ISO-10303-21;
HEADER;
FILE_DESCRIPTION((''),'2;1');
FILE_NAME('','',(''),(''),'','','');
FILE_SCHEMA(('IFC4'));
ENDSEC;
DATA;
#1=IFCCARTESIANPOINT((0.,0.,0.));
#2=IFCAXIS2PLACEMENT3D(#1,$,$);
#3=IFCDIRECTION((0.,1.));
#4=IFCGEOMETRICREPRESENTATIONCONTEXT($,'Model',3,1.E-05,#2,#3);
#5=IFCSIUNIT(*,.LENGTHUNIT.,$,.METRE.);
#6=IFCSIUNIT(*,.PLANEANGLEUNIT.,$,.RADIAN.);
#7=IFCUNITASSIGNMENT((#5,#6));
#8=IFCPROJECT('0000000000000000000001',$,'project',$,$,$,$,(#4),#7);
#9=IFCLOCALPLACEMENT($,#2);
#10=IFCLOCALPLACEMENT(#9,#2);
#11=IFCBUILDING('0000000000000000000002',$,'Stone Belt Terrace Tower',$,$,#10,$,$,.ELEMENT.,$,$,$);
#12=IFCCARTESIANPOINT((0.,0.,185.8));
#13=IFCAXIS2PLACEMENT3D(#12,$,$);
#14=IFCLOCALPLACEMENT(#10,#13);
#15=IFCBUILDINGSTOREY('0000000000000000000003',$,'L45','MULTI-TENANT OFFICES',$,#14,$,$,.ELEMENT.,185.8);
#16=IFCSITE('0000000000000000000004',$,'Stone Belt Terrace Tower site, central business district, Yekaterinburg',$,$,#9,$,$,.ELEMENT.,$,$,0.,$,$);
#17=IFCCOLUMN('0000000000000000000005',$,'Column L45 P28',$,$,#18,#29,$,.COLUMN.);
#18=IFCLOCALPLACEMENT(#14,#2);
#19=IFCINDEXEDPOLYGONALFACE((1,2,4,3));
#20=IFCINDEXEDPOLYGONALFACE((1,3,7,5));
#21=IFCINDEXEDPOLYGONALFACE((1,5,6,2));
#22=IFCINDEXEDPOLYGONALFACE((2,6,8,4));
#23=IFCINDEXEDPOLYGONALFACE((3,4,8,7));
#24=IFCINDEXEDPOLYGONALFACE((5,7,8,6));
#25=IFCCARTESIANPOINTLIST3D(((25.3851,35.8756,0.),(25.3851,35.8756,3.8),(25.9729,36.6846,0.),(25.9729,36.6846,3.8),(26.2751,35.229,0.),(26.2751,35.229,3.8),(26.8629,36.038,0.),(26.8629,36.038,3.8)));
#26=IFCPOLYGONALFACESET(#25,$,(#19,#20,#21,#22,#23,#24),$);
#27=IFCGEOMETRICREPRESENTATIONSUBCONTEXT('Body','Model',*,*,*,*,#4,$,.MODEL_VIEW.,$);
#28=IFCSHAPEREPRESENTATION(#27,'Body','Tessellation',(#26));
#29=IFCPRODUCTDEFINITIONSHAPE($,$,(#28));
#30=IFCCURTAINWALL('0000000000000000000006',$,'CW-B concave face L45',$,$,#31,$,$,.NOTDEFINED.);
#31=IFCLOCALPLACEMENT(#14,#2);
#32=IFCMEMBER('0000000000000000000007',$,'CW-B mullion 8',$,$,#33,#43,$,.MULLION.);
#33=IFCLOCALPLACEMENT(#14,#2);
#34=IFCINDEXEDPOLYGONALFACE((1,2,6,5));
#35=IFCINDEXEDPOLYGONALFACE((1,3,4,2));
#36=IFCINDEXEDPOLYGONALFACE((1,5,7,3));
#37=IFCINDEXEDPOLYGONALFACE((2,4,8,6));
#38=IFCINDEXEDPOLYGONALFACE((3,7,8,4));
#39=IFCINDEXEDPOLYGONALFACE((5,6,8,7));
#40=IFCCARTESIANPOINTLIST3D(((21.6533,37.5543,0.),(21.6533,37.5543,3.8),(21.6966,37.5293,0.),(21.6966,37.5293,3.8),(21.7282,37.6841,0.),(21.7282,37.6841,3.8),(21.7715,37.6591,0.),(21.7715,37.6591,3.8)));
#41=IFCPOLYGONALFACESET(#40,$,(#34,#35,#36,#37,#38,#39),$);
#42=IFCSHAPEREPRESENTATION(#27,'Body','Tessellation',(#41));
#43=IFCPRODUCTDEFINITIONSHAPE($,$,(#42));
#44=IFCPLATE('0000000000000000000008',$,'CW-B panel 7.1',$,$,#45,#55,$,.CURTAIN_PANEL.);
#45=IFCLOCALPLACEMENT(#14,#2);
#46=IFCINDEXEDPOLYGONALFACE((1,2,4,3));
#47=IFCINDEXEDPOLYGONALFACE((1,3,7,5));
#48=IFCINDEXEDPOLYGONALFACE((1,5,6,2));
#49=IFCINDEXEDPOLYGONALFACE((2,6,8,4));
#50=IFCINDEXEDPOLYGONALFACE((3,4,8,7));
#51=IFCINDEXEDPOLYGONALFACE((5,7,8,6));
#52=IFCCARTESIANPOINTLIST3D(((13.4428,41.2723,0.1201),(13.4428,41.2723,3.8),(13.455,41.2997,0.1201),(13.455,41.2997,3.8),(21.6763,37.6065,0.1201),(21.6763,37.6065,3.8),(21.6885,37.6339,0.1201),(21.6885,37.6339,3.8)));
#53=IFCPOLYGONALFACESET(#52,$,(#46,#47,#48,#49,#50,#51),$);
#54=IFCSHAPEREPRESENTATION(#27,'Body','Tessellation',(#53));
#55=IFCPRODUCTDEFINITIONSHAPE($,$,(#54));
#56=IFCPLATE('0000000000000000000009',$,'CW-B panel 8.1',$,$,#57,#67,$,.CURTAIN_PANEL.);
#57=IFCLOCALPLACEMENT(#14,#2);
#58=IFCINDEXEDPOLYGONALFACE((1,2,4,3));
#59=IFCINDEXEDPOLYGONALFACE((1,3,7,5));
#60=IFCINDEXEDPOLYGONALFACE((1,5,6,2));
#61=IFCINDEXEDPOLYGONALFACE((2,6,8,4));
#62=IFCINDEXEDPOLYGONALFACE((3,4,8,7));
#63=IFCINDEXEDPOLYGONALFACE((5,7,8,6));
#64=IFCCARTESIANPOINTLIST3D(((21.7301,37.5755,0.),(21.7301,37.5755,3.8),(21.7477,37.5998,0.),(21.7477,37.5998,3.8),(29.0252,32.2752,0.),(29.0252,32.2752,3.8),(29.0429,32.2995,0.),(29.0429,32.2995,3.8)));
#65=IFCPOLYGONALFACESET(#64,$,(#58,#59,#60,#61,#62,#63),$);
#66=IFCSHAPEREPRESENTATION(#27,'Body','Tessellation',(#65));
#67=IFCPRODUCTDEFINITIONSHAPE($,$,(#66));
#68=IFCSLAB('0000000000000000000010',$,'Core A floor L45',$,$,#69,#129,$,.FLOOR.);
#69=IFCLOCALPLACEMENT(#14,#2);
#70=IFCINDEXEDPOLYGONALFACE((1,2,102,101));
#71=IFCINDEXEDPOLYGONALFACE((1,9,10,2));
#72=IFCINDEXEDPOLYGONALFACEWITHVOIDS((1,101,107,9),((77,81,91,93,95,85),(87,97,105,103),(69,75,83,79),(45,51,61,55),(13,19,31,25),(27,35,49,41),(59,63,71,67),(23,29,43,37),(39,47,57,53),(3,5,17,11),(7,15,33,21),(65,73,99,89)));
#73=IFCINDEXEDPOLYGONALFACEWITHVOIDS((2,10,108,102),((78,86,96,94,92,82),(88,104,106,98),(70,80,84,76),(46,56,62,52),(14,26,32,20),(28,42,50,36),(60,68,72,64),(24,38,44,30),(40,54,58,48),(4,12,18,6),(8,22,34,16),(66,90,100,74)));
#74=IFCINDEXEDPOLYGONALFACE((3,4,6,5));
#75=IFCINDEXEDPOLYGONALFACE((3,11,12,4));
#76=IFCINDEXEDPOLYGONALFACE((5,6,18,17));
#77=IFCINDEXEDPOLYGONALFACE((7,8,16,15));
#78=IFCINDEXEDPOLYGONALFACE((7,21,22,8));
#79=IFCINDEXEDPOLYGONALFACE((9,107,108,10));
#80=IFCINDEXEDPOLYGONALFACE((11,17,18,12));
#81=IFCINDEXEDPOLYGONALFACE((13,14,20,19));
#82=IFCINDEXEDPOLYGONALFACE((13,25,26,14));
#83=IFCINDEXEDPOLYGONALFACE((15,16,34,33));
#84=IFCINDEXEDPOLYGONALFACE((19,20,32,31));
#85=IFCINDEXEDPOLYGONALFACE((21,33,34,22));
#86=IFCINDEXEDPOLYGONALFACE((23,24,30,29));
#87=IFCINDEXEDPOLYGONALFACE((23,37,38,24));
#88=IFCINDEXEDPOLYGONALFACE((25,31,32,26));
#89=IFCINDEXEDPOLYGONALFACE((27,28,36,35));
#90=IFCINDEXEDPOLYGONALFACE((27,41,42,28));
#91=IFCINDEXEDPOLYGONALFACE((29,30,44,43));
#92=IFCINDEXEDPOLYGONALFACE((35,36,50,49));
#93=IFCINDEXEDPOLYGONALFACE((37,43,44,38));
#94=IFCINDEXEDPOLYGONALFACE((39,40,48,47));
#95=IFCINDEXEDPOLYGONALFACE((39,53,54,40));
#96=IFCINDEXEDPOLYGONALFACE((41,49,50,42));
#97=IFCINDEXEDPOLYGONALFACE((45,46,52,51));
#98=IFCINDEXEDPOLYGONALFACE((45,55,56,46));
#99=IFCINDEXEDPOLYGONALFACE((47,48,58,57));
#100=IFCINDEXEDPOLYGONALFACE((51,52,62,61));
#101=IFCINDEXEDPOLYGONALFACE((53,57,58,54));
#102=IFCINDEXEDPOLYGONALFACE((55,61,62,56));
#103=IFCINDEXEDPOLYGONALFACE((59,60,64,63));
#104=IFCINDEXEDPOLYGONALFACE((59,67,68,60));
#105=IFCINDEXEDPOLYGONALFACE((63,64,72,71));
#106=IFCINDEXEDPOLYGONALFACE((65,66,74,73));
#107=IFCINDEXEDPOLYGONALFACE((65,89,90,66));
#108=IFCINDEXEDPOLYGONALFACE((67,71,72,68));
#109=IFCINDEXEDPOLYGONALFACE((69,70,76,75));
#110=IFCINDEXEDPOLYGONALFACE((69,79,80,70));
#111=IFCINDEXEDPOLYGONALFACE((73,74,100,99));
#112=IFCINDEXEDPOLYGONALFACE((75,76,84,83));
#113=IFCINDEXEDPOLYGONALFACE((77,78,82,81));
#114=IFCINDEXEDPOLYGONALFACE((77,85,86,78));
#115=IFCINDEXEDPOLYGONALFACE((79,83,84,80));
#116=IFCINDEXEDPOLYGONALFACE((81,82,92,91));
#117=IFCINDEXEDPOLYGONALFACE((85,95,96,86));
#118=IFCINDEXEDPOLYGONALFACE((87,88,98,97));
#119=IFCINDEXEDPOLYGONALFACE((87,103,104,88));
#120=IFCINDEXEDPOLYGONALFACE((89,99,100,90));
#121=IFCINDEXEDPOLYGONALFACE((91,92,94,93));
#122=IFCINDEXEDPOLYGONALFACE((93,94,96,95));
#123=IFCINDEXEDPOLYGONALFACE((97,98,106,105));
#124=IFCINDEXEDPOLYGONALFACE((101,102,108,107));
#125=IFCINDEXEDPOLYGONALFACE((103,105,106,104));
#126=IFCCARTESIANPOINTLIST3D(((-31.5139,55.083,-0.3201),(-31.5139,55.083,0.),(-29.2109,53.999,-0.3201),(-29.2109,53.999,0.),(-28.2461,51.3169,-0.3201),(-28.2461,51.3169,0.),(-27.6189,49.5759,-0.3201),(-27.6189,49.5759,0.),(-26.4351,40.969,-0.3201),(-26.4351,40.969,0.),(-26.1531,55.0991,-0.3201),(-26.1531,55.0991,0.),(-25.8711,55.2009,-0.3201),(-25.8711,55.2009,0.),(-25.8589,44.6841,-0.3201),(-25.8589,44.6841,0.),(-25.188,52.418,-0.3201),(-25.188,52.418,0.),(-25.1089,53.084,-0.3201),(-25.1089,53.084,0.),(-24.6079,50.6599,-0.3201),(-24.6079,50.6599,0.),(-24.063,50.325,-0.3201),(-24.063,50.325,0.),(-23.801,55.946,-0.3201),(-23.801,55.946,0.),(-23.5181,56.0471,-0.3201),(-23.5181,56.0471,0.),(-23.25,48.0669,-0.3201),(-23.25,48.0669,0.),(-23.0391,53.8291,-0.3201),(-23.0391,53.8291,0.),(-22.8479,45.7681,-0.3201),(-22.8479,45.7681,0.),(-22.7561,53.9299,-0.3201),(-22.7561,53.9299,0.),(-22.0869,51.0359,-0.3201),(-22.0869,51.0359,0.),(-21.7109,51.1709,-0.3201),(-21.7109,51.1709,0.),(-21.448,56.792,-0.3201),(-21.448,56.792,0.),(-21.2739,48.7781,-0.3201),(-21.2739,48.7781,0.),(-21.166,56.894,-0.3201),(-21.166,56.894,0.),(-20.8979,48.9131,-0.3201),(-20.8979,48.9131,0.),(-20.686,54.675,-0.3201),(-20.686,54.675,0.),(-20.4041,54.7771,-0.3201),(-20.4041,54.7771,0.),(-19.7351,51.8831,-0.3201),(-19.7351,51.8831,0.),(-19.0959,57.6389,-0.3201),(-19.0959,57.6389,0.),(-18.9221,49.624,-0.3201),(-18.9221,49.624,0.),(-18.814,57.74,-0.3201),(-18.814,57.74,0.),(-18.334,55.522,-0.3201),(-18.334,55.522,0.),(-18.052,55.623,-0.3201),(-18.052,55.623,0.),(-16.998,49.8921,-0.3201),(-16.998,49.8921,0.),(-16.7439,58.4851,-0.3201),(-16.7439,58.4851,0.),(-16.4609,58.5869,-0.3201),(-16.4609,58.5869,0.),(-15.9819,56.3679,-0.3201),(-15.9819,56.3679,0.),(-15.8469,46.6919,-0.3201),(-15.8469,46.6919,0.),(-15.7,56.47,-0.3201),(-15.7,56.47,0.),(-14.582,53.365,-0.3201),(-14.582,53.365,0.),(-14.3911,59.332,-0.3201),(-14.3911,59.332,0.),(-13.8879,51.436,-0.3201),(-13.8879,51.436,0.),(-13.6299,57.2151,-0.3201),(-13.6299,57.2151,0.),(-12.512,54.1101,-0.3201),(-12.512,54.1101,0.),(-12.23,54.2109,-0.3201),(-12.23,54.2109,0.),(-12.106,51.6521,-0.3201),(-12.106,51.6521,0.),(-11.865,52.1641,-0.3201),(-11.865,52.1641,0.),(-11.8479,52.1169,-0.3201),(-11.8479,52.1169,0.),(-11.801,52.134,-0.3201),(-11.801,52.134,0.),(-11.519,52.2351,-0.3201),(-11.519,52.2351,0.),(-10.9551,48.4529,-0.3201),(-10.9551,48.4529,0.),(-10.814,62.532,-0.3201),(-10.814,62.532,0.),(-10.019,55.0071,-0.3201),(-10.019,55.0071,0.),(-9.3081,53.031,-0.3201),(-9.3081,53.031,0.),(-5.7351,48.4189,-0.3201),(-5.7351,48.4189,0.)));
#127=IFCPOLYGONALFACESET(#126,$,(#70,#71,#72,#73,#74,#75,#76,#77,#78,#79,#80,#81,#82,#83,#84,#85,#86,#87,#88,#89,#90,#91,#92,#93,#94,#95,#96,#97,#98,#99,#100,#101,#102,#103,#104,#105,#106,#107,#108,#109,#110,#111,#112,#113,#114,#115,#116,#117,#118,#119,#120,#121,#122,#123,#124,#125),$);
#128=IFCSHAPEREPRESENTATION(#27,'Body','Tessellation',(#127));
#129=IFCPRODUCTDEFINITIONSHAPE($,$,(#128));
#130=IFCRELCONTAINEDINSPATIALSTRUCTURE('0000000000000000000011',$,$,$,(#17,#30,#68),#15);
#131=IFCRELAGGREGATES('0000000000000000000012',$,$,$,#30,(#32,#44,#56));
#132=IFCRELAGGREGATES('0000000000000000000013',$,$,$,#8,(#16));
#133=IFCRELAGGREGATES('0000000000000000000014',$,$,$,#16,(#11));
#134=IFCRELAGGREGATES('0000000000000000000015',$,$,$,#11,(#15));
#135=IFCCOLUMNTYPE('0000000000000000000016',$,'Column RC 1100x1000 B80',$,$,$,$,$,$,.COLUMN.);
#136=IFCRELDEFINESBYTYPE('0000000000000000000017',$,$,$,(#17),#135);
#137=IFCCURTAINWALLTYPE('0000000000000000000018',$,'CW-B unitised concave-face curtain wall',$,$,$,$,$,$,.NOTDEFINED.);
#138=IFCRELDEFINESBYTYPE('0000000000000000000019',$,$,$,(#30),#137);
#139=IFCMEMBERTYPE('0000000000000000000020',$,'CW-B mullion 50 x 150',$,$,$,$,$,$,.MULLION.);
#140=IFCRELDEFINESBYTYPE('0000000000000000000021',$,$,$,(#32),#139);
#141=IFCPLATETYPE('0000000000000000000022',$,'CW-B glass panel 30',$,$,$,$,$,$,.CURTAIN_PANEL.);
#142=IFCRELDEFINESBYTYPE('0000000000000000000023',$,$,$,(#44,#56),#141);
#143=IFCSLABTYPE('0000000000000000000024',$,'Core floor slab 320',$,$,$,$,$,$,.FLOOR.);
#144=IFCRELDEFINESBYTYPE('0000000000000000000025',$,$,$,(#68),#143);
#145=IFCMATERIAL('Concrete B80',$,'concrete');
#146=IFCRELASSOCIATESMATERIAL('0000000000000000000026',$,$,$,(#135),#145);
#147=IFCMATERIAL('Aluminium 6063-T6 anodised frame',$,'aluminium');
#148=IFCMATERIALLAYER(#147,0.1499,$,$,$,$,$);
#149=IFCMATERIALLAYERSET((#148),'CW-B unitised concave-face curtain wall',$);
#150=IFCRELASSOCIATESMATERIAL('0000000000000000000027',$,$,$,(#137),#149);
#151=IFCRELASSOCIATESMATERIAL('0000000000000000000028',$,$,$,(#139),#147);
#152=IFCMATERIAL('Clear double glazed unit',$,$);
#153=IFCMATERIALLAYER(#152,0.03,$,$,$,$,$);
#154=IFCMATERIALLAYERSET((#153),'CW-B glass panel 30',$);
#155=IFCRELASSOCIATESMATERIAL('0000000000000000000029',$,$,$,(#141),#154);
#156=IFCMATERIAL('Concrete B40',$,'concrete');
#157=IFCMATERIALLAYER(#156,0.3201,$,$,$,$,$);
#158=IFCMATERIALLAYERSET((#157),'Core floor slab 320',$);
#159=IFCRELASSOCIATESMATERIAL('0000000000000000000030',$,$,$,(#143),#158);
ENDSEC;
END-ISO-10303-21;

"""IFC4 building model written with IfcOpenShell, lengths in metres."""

from ifc_helpers import new_model, si_unit, direction, frame, origin, origin_2d, place, context, subcontext, project, spatial, polyline, rectangle, outline, extrude, material, layer, layer_set, material_profile, profile_set, type_object, element, aggregate, save


model = new_model("IFC4")

# Units and contexts
model_context = context("Model", 3, precision=1e-05, world=origin(), true_north=direction((0.0, 1.0)))
body_context = subcontext(model_context, "Body", "Model", "MODEL_VIEW")
ifc_project = project(units=[si_unit("LENGTHUNIT", "METRE"), si_unit("PLANEANGLEUNIT", "RADIAN")], contexts=[model_context])

# Site, building, storey
site_placement = place(None, origin())
site = spatial("IfcSite", under=ifc_project, at=site_placement, Name="Stone Belt Terrace Tower site, central business district, Yekaterinburg", CompositionType="ELEMENT", RefElevation=0.0)
building_placement = place(site_placement, origin())
building = spatial("IfcBuilding", under=site, at=building_placement, Name="Stone Belt Terrace Tower", CompositionType="ELEMENT")
storey_placement = place(building_placement, frame((0.0, 0.0, 185.8)))
storey = spatial("IfcBuildingStorey", under=building, at=storey_placement, Name="L45", Description="MULTI-TENANT OFFICES", CompositionType="ELEMENT", Elevation=185.8)

# Column
ifc_material_1 = material(Name="Concrete B80", Category="concrete")
ifc_material_profile_1 = material_profile(ifc_material_1, rectangle(XDim=1.1001, YDim=1.0, at=origin_2d()), Name="RC 1100x1000")
ifc_profile_set_1 = profile_set([ifc_material_profile_1], Name="Concrete B80")
column_type = type_object("IfcColumnType", Name="Column RC 1100x1000 B80", PredefinedType="COLUMN", material=ifc_profile_set_1)
column_placement = place(storey_placement, frame((26.124, 35.9568, 0.0), z_axis=(0.0, 0.0, 1.0), x_axis=(0.809017, -0.587785, 0.0)))
element("IfcColumn", 1, at=column_placement, inside=storey, type_object=column_type, Name="Column L45 P28", PredefinedType="COLUMN", context=body_context, shape_type="SweptSolid", body=[
    extrude(rectangle(XDim=1.1001, YDim=1.0, at=origin_2d()), origin(), (0.0, 0.0, 1.0), 3.8),
])

# Curtain wall, member, plates
ifc_material_2 = material(Name="Aluminium 6063-T6 anodised frame", Category="aluminium")
ifc_layer_1 = layer(ifc_material_2, 0.1499)
ifc_layer_set_1 = layer_set([ifc_layer_1], Name="CW-B unitised concave-face curtain wall")
curtain_wall_type = type_object("IfcCurtainWallType", Name="CW-B unitised concave-face curtain wall", PredefinedType="NOTDEFINED", material=ifc_layer_set_1)
curtain_wall_placement = place(storey_placement, origin())
curtain_wall = element("IfcCurtainWall", 2, at=curtain_wall_placement, inside=storey, type_object=curtain_wall_type, Name="CW-B concave face L45", PredefinedType="NOTDEFINED")
ifc_material_profile_2 = material_profile(ifc_material_2, rectangle(XDim=0.1499, YDim=0.05, at=origin_2d()), Name="Aluminium 6063-T6 50x150")
ifc_profile_set_2 = profile_set([ifc_material_profile_2], Name="Aluminium 6063-T6 anodised frame")
member_type = type_object("IfcMemberType", Name="CW-B mullion 50 x 150", PredefinedType="MULLION", material=ifc_profile_set_2)
member_placement = place(storey_placement, frame((21.7124, 37.6067, 0.0), z_axis=(0.0, 0.0, 1.0), x_axis=(0.5, 0.866025, 0.0)))
member = element("IfcMember", 3, at=member_placement, type_object=member_type, Name="CW-B mullion 8", PredefinedType="MULLION", context=body_context, shape_type="SweptSolid", body=[
    extrude(rectangle(XDim=0.1499, YDim=0.05, at=origin_2d()), origin(), (0.0, 0.0, 1.0), 3.8),
])
ifc_material_3 = material(Name="Clear double glazed unit")
ifc_layer_2 = layer(ifc_material_3, 0.03)
ifc_layer_set_2 = layer_set([ifc_layer_2], Name="CW-B glass panel 30")
plate_type = type_object("IfcPlateType", Name="CW-B glass panel 30", PredefinedType="CURTAIN_PANEL", material=ifc_layer_set_2)
plate_1_placement = place(storey_placement, frame((17.5657, 39.4531, 0.1201), z_axis=(0.0, 0.0, 1.0), x_axis=(0.913545, -0.406737, 0.0)))
plate_1 = element("IfcPlate", 4, at=plate_1_placement, type_object=plate_type, Name="CW-B panel 7.1", PredefinedType="CURTAIN_PANEL", context=body_context, shape_type="SweptSolid", body=[
    extrude(rectangle(XDim=9.0127, YDim=0.03, at=origin_2d()), origin(), (0.0, 0.0, 1.0), 3.6799),
])
plate_2_placement = place(storey_placement, frame((25.3865, 34.9375, 0.0), z_axis=(0.0, 0.0, 1.0), x_axis=(0.809017, -0.587785, 0.0)))
plate_2 = element("IfcPlate", 5, at=plate_2_placement, type_object=plate_type, Name="CW-B panel 8.1", PredefinedType="CURTAIN_PANEL", context=body_context, shape_type="SweptSolid", body=[
    extrude(rectangle(XDim=9.0173, YDim=0.03, at=origin_2d()), origin(), (0.0, 0.0, 1.0), 3.8),
])
aggregate(curtain_wall, [member, plate_1, plate_2])

# Slab
ifc_material_4 = material(Name="Concrete B40", Category="concrete")
ifc_layer_3 = layer(ifc_material_4, 0.3201)
ifc_layer_set_3 = layer_set([ifc_layer_3], Name="Core floor slab 320")
slab_type_1 = type_object("IfcSlabType", Name="Core floor slab 320", PredefinedType="FLOOR", material=ifc_layer_set_3)
slab_1_placement = place(storey_placement, frame((0.0, 0.0, -0.3201)))
element("IfcSlab", 6, at=slab_1_placement, inside=storey, type_object=slab_type_1, Name="Core A floor L45", PredefinedType="FLOOR", context=body_context, shape_type="SweptSolid", body=[
    extrude(outline(polyline([(-26.4351, 40.969), (-5.7351, 48.4189), (-10.814, 62.532), (-31.5139, 55.083), (-26.4351, 40.969)]), holes=[polyline([(-24.6079, 50.6599), (-22.8479, 45.7681), (-25.8589, 44.6841), (-27.6189, 49.5759), (-24.6079, 50.6599)]), polyline([(-23.25, 48.0669), (-24.063, 50.325), (-22.0869, 51.0359), (-21.2739, 48.7781), (-23.25, 48.0669)]), polyline([(-20.8979, 48.9131), (-21.7109, 51.1709), (-19.7351, 51.8831), (-18.9221, 49.624), (-20.8979, 48.9131)]), polyline([(-28.2461, 51.3169), (-29.2109, 53.999), (-26.1531, 55.0991), (-25.188, 52.418), (-28.2461, 51.3169)]), polyline([(-23.801, 55.946), (-23.0391, 53.8291), (-25.1089, 53.084), (-25.8711, 55.2009), (-23.801, 55.946)]), polyline([(-21.448, 56.792), (-20.686, 54.675), (-22.7561, 53.9299), (-23.5181, 56.0471), (-21.448, 56.792)]), polyline([(-10.9551, 48.4529), (-15.8469, 46.6919), (-16.998, 49.8921), (-12.106, 51.6521), (-10.9551, 48.4529)]), polyline([(-11.8479, 52.1169), (-11.865, 52.1641), (-13.8879, 51.436), (-14.582, 53.365), (-12.512, 54.1101), (-11.801, 52.134), (-11.8479, 52.1169)]), polyline([(-9.3081, 53.031), (-11.519, 52.2351), (-12.23, 54.2109), (-10.019, 55.0071), (-9.3081, 53.031)]), polyline([(-21.166, 56.894), (-19.0959, 57.6389), (-18.334, 55.522), (-20.4041, 54.7771), (-21.166, 56.894)]), polyline([(-16.7439, 58.4851), (-15.9819, 56.3679), (-18.052, 55.623), (-18.814, 57.74), (-16.7439, 58.4851)]), polyline([(-14.3911, 59.332), (-13.6299, 57.2151), (-15.7, 56.47), (-16.4609, 58.5869), (-14.3911, 59.332)])]), origin(), (0.0, 0.0, 1.0), 0.3201),
])

save(model, "model.ifc")
